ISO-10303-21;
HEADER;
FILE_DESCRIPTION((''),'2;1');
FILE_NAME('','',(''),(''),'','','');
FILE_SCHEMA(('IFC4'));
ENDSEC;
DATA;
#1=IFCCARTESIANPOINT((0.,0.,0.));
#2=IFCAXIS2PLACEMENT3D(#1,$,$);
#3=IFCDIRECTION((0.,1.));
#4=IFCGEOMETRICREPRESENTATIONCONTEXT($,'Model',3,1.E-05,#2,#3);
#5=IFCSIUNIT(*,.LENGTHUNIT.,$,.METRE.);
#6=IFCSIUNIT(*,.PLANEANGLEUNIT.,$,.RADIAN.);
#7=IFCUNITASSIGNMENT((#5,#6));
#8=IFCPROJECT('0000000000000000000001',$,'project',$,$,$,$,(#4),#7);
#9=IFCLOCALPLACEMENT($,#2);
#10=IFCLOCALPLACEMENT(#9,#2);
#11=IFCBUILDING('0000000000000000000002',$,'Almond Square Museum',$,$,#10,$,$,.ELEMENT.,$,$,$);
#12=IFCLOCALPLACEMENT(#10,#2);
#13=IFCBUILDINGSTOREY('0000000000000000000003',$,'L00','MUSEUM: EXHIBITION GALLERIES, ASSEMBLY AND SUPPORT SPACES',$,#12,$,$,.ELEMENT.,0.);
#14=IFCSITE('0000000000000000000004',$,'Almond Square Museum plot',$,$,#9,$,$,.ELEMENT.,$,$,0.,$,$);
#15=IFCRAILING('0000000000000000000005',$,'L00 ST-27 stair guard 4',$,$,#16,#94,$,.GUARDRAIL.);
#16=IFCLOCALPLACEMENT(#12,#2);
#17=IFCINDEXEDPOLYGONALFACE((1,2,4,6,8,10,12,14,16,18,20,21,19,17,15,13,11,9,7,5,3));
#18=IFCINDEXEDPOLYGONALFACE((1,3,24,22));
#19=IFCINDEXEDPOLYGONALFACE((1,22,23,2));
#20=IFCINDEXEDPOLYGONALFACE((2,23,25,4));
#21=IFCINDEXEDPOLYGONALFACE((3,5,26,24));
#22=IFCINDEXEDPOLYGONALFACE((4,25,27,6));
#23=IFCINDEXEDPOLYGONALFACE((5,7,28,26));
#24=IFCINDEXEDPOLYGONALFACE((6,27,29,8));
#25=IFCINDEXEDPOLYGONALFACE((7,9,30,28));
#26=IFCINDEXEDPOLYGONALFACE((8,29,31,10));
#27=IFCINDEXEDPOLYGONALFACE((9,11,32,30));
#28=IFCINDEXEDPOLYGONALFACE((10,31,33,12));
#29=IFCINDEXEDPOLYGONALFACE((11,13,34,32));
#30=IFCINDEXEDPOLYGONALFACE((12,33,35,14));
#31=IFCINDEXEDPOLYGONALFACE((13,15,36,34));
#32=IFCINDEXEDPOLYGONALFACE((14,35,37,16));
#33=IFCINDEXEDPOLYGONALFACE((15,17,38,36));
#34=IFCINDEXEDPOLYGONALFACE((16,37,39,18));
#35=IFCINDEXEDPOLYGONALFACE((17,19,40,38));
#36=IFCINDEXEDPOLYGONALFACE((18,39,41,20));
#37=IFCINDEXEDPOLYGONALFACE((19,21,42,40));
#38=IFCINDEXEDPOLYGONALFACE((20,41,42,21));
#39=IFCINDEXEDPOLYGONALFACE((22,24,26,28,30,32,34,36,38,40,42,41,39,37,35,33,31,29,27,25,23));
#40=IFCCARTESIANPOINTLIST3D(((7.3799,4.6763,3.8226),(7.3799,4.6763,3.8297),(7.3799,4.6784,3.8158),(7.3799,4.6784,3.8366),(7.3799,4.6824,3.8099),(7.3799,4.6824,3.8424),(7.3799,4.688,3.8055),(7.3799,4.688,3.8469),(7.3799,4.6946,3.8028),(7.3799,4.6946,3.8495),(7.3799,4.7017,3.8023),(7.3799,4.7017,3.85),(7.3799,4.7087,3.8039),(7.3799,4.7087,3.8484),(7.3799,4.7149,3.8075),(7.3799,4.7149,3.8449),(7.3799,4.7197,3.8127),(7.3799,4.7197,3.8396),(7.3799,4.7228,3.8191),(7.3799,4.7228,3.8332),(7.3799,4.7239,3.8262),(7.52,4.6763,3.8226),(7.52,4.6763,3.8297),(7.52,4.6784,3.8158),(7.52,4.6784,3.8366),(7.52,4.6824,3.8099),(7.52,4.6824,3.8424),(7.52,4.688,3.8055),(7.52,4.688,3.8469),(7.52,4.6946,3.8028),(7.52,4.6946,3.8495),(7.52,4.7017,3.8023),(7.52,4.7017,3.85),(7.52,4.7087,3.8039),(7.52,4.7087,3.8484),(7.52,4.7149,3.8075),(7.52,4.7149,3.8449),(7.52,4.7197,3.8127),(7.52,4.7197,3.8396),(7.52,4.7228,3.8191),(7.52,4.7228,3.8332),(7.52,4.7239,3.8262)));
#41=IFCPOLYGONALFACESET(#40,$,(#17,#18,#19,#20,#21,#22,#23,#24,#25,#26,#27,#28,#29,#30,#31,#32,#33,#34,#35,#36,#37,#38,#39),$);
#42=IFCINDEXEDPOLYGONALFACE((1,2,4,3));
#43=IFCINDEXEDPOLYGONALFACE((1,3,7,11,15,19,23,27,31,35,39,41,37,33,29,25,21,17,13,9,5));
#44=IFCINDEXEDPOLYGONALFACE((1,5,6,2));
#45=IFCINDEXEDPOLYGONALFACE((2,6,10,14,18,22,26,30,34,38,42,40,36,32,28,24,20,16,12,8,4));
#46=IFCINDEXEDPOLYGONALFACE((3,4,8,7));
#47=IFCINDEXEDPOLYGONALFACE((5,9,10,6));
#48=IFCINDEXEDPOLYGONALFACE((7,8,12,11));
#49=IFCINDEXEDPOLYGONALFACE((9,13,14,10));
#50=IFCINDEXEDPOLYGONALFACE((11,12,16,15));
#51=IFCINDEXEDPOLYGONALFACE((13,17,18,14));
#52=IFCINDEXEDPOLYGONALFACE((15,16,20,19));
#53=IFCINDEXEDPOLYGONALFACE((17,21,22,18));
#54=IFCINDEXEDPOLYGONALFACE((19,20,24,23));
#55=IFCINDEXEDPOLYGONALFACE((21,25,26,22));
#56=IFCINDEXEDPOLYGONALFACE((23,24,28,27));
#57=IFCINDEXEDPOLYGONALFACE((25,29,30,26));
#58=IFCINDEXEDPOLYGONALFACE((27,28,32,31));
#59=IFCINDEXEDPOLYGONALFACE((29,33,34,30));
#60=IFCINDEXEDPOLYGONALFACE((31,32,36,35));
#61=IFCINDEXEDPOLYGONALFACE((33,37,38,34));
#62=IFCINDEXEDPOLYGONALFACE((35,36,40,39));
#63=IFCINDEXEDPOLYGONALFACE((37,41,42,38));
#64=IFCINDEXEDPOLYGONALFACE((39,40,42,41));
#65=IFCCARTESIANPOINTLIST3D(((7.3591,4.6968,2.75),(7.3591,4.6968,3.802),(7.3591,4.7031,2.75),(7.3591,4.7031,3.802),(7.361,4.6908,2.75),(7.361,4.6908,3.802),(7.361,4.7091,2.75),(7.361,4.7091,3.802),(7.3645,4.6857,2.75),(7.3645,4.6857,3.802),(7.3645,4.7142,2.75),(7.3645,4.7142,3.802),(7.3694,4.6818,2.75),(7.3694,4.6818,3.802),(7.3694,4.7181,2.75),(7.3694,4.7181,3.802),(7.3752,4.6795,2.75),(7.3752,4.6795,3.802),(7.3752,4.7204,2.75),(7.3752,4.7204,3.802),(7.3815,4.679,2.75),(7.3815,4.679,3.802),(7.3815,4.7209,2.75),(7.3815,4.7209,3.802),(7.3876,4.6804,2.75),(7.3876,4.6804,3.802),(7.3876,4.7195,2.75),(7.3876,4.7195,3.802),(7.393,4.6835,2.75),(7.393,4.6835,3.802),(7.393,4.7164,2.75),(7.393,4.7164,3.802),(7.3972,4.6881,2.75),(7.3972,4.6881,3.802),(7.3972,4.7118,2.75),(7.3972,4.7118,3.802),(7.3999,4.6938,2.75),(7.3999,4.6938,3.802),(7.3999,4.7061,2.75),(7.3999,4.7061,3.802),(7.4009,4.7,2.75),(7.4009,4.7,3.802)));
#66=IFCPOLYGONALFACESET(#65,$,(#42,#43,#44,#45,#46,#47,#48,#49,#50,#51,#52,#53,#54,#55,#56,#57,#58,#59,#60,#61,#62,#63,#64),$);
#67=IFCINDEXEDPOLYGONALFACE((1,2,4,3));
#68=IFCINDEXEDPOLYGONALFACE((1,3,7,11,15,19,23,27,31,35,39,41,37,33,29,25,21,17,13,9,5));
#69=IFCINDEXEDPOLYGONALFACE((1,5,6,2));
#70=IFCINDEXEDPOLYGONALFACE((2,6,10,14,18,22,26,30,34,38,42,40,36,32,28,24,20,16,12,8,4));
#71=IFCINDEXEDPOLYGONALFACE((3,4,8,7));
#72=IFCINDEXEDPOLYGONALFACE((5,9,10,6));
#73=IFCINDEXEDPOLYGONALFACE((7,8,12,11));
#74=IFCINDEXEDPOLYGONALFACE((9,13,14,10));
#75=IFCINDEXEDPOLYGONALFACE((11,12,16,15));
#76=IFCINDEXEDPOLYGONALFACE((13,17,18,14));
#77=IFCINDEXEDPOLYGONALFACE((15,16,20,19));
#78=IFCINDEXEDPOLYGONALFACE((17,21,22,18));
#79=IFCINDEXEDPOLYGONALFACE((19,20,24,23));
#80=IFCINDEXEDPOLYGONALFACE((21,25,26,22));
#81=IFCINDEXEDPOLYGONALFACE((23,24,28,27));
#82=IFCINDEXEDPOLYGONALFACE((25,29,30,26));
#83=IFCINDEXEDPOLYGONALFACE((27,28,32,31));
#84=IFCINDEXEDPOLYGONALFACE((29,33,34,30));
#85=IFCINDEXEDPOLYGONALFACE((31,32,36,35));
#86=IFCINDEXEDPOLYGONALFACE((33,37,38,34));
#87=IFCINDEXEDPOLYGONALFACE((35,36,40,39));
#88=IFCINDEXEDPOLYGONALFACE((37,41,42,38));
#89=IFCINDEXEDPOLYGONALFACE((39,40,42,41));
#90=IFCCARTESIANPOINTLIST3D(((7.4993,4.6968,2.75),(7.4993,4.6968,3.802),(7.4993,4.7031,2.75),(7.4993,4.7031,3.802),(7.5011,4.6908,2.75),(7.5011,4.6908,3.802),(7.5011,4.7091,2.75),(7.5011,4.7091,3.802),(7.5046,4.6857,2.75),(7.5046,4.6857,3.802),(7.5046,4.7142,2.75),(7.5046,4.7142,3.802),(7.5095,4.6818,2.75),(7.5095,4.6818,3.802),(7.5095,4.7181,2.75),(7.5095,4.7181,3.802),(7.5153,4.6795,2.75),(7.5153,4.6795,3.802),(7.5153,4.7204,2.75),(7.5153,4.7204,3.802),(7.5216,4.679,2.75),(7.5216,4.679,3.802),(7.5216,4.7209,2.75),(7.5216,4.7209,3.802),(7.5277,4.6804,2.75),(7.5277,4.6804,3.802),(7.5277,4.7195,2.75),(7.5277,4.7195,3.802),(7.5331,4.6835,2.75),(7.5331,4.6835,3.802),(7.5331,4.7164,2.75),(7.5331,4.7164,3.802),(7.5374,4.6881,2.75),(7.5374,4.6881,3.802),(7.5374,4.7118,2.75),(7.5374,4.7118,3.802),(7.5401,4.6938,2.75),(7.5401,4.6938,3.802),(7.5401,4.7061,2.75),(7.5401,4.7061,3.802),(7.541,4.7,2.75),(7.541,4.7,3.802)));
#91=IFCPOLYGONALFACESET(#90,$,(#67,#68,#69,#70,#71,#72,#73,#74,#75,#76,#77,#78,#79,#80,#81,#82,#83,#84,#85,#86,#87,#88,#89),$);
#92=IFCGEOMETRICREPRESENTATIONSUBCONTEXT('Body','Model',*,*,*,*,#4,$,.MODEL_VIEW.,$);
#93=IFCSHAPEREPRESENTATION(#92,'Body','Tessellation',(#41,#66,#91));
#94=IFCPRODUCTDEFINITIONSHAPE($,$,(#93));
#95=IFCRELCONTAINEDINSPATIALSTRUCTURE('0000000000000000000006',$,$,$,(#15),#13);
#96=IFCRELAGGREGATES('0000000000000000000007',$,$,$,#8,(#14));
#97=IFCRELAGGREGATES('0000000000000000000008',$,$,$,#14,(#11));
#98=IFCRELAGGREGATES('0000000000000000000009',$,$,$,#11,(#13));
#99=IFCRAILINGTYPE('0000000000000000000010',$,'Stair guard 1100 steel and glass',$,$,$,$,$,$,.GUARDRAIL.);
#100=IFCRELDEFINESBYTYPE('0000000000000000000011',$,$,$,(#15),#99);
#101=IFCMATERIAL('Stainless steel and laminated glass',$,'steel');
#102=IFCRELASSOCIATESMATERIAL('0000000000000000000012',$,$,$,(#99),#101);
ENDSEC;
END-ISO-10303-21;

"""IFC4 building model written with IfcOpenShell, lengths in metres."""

from ifc_helpers import new_model, si_unit, direction, frame, origin, origin_2d, place, context, subcontext, project, spatial, circle, extrude, material, type_object, element, save


model = new_model("IFC4")

# Units and contexts
model_context = context("Model", 3, precision=1e-05, world=origin(), true_north=direction((0.0, 1.0)))
body_context = subcontext(model_context, "Body", "Model", "MODEL_VIEW")
ifc_project = project(units=[si_unit("LENGTHUNIT", "METRE"), si_unit("PLANEANGLEUNIT", "RADIAN")], contexts=[model_context])

# Site, building, storey
site_placement = place(None, origin())
site = spatial("IfcSite", under=ifc_project, at=site_placement, Name="Almond Square Museum plot", CompositionType="ELEMENT", RefElevation=0.0)
building_placement = place(site_placement, origin())
building = spatial("IfcBuilding", under=site, at=building_placement, Name="Almond Square Museum", CompositionType="ELEMENT")
storey_placement = place(building_placement, origin())
storey = spatial("IfcBuildingStorey", under=building, at=storey_placement, Name="L00", Description="MUSEUM: EXHIBITION GALLERIES, ASSEMBLY AND SUPPORT SPACES", CompositionType="ELEMENT", Elevation=0.0)

# Railing
ifc_material_1 = material(Name="Stainless steel and laminated glass", Category="steel")
railing_type_1 = type_object("IfcRailingType", Name="Stair guard 1100 steel and glass", PredefinedType="GUARDRAIL", material=ifc_material_1)
railing_1_placement = place(storey_placement, frame((7.3799, 4.7, 2.75)))
element("IfcRailing", 1, at=railing_1_placement, inside=storey, type_object=railing_type_1, Name="L00 ST-27 stair guard 4", PredefinedType="GUARDRAIL", context=body_context, shape_type="SweptSolid", body=[
    extrude(circle(Radius=0.0239, at=origin_2d()), frame((0.0, 0.0, 1.0762), z_axis=(1.0, 0.0, 0.0), x_axis=(0.0, 1.0, 0.0)), (0.0, 0.0, 1.0), 0.1401),
    extrude(circle(Radius=0.021, at=origin_2d()), origin(), (0.0, 0.0, 1.0), 1.052),
    extrude(circle(Radius=0.021, at=origin_2d()), frame((0.1401, 0.0, 0.0)), (0.0, 0.0, 1.0), 1.052),
])

save(model, "model.ifc")
